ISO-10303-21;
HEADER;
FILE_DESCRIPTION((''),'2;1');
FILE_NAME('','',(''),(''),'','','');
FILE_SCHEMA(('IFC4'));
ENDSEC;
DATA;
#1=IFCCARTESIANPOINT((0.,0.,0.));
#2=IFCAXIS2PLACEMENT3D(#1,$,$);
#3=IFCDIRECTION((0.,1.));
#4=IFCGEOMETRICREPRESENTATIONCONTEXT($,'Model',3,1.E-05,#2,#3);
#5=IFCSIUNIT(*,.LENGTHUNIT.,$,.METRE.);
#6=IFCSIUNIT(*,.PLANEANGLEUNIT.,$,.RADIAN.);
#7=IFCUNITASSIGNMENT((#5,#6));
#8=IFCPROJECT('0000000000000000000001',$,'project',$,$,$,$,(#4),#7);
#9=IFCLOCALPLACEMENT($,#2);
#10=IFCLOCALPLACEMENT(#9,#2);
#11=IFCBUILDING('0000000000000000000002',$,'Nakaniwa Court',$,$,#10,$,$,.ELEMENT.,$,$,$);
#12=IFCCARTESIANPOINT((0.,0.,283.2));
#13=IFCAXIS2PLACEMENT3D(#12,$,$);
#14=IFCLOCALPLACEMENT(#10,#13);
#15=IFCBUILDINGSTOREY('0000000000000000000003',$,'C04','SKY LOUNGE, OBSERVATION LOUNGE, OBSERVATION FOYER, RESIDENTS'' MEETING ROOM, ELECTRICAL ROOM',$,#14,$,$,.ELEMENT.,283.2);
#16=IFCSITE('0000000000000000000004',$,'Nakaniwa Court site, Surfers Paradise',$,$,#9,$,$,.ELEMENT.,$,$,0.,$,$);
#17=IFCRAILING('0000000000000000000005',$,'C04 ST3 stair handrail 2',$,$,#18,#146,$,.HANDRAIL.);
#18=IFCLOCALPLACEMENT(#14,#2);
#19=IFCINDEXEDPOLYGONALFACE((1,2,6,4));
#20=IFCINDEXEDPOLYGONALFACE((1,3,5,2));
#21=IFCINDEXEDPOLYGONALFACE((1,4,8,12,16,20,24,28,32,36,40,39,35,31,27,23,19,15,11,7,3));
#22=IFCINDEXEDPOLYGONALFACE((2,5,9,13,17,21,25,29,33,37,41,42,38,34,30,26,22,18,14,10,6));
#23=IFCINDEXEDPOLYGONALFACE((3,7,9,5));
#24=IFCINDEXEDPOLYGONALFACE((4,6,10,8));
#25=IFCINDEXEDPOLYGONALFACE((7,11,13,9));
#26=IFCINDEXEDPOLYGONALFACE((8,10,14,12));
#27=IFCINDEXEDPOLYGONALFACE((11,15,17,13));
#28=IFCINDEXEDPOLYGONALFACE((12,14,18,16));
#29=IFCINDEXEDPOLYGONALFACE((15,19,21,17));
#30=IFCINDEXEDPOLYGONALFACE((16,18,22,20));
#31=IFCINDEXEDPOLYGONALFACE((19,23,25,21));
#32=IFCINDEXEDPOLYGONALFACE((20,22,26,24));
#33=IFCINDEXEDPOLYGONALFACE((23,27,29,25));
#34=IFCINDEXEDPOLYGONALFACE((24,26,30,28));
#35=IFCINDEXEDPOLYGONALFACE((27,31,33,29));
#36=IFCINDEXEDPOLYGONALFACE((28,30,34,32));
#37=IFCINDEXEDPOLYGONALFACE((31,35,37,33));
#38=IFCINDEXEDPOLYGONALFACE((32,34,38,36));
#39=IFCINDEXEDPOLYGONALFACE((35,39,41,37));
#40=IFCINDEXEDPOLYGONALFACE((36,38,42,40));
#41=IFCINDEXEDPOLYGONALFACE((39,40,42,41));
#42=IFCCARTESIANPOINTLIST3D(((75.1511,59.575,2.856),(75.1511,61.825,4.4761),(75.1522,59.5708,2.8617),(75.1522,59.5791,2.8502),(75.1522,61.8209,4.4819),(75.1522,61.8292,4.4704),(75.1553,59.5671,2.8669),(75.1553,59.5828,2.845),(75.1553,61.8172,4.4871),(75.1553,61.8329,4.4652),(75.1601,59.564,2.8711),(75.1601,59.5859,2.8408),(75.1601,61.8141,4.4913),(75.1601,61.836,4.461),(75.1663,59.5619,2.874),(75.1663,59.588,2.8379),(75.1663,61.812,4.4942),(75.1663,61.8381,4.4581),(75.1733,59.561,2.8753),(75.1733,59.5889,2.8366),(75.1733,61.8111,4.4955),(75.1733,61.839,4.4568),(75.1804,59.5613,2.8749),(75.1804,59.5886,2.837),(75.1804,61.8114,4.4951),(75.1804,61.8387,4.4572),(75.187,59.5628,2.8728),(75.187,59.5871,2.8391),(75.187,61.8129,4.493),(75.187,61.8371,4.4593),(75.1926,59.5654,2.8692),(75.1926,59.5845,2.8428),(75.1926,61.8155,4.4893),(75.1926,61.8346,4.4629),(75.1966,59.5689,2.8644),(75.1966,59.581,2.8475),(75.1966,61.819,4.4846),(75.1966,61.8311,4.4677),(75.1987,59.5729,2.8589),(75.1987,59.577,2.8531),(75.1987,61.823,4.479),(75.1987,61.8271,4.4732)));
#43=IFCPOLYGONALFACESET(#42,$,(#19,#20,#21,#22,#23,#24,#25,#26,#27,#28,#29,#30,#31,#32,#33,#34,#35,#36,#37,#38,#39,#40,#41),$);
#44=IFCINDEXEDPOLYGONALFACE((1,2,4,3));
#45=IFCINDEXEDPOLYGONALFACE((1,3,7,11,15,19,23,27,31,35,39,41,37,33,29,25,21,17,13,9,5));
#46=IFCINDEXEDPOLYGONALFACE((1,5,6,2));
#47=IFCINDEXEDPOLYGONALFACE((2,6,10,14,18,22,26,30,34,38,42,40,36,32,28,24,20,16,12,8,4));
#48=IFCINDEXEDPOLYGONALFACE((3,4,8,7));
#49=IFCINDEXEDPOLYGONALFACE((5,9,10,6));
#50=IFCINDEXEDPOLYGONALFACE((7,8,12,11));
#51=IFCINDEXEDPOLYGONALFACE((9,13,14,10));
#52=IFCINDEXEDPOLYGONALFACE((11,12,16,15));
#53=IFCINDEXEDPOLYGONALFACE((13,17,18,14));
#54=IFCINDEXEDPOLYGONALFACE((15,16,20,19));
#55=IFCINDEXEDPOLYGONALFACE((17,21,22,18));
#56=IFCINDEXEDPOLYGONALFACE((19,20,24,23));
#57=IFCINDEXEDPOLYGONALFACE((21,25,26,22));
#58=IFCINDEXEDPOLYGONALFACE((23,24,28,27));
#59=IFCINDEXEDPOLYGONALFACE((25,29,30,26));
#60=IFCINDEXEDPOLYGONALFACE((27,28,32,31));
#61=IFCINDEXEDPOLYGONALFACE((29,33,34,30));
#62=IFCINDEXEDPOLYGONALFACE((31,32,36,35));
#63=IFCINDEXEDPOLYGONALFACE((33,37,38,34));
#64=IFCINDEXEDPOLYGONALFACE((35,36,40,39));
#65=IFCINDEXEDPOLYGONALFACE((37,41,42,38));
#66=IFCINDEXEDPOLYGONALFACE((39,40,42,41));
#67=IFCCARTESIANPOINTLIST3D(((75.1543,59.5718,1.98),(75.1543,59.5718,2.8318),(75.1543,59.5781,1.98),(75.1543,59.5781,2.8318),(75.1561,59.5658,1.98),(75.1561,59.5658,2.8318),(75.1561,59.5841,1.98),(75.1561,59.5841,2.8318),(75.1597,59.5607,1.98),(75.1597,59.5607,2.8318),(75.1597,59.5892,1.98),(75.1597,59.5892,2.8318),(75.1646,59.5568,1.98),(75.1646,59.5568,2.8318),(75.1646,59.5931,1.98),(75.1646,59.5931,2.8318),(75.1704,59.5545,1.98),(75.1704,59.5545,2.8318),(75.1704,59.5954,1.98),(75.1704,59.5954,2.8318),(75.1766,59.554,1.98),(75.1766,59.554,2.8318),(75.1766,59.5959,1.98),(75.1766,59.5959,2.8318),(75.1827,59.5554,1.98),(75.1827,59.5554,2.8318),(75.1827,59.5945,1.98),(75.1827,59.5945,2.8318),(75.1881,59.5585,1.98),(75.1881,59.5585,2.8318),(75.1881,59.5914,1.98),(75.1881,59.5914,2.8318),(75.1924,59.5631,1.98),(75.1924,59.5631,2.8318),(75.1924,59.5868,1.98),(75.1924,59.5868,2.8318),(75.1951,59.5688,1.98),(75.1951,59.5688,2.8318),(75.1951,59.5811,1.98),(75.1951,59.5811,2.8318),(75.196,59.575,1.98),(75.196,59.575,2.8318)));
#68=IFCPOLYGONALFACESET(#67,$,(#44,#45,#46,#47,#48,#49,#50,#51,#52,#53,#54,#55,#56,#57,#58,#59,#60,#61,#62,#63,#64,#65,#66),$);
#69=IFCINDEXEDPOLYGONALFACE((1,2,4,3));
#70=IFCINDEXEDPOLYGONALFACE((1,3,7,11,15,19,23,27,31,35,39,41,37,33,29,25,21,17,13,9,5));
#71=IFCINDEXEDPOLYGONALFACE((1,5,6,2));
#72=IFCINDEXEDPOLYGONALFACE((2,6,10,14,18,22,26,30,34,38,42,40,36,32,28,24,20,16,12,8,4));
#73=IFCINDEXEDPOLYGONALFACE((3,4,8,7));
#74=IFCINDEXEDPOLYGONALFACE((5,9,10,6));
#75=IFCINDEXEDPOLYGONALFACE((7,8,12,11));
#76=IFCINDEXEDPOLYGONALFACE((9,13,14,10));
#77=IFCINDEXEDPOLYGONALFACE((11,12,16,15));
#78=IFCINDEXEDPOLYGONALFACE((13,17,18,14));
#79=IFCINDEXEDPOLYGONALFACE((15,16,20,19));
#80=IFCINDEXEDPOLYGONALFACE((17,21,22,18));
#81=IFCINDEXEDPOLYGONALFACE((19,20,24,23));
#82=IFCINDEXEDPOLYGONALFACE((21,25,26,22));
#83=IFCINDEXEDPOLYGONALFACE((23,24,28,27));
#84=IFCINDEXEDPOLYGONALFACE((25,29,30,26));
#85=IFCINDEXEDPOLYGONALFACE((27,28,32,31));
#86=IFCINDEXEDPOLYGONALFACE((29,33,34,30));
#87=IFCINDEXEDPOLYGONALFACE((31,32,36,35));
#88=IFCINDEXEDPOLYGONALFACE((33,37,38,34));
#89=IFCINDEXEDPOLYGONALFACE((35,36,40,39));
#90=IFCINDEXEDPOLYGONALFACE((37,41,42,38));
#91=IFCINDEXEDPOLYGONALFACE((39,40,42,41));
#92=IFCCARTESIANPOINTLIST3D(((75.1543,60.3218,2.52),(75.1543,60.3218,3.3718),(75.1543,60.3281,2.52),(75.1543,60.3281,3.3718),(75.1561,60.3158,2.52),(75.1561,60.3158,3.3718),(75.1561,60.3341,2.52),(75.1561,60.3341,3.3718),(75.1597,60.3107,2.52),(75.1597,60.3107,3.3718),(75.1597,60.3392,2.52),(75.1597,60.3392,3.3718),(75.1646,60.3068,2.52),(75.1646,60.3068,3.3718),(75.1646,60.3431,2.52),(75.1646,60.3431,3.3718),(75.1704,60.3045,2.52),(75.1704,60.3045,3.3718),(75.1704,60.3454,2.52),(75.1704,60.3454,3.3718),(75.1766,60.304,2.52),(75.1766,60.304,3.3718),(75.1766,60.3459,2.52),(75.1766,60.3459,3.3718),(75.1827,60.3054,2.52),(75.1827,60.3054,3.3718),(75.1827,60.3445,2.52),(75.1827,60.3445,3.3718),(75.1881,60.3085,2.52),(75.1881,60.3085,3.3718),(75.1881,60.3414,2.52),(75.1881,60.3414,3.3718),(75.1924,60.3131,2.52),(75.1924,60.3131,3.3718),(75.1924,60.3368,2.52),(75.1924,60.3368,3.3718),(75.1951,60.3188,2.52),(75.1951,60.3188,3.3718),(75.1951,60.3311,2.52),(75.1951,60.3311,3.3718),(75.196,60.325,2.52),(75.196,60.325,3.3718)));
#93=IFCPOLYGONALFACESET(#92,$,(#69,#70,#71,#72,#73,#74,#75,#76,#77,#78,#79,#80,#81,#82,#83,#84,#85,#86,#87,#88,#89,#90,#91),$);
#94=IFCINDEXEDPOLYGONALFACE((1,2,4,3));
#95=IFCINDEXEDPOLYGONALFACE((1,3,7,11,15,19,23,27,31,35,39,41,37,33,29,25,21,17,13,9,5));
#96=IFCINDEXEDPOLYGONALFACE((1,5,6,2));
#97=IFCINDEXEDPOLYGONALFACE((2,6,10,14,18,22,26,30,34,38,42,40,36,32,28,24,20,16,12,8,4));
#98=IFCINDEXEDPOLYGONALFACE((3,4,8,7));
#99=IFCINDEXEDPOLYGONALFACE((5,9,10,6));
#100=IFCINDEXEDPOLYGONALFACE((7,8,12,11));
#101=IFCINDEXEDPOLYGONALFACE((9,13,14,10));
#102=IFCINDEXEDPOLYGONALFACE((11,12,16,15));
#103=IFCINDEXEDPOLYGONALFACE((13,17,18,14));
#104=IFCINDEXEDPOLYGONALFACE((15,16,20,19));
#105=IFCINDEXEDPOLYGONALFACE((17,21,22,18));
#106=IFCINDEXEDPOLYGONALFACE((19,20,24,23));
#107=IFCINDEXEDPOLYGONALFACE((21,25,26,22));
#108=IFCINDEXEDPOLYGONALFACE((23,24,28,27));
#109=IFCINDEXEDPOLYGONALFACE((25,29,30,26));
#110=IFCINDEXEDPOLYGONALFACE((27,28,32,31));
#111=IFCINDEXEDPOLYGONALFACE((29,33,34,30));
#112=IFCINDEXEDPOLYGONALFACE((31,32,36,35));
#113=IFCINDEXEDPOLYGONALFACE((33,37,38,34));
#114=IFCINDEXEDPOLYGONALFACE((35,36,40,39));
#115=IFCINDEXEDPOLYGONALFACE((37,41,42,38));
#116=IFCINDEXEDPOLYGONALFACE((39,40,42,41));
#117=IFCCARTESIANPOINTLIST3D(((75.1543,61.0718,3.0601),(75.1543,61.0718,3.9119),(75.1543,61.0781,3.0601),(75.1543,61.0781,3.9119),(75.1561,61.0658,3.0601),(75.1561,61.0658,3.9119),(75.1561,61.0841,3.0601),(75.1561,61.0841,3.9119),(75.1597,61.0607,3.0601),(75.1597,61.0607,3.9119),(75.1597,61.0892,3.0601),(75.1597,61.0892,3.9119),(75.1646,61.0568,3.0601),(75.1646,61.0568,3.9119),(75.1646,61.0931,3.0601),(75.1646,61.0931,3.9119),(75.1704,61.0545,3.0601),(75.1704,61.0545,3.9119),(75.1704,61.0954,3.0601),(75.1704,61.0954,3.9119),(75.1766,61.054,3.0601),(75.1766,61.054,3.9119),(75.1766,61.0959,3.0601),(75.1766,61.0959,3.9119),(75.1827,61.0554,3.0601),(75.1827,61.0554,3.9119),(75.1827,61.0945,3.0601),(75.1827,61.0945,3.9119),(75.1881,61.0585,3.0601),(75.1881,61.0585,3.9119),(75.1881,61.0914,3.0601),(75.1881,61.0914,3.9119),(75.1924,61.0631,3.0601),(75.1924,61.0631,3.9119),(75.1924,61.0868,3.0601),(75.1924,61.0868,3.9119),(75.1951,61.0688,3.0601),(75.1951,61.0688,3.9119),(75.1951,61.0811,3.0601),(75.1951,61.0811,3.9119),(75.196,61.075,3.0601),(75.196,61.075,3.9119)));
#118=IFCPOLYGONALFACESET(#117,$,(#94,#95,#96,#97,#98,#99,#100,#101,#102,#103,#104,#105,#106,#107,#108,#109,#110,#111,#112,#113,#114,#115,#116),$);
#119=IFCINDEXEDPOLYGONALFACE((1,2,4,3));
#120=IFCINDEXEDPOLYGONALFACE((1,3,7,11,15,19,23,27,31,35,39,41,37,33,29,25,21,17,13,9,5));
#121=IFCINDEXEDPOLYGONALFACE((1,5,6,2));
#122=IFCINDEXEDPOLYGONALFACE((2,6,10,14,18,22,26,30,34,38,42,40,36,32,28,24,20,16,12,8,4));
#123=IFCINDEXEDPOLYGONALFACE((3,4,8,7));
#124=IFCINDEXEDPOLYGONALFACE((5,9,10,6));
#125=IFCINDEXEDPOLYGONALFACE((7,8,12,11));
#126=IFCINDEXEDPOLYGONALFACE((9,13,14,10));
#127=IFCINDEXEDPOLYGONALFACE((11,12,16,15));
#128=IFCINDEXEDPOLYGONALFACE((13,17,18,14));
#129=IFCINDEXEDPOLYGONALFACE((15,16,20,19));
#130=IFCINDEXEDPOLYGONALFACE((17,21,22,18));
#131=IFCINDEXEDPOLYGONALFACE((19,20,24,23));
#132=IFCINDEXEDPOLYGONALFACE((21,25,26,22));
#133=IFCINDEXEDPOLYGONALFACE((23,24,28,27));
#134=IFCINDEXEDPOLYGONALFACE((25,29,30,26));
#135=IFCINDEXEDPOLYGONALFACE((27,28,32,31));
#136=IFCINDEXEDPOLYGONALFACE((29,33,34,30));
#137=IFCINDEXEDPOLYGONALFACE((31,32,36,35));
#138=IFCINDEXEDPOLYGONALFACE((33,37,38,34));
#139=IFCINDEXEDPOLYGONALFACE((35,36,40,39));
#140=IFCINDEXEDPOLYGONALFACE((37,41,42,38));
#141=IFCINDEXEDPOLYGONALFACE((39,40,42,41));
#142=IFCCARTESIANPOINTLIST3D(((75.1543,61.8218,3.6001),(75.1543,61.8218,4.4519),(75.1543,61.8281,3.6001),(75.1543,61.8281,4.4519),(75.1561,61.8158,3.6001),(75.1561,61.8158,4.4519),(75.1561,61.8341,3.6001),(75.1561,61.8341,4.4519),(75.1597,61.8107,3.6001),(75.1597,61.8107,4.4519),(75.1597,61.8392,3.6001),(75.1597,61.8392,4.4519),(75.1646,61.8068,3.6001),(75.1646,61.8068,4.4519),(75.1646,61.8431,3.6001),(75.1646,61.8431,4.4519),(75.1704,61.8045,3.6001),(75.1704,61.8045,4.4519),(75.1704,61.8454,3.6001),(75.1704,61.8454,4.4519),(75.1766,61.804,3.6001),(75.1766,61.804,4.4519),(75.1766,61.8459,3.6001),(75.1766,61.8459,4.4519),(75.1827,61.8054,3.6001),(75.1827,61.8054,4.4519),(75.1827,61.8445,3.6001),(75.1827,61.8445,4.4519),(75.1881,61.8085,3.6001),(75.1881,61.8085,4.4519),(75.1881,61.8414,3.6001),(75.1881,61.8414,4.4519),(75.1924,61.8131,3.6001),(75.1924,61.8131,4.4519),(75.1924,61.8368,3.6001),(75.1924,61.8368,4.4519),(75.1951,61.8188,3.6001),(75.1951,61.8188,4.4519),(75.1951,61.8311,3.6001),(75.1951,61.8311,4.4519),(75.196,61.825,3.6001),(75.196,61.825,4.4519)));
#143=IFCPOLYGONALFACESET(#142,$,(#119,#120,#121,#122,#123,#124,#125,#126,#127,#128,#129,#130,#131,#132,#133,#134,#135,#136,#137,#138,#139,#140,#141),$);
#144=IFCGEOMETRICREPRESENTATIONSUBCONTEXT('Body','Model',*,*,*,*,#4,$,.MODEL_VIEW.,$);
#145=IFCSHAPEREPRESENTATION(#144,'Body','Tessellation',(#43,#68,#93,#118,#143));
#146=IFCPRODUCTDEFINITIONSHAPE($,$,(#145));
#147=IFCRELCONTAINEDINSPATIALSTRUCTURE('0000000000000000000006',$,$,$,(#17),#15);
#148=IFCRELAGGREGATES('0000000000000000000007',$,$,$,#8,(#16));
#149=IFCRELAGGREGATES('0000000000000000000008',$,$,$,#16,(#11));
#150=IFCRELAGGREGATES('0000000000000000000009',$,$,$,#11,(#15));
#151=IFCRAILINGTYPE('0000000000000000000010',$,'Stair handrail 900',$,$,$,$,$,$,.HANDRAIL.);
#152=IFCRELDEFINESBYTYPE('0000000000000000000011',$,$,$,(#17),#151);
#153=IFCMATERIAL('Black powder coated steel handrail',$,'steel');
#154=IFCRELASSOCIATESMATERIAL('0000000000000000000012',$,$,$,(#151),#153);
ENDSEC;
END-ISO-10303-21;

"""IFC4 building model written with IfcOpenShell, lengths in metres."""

from ifc_helpers import new_model, si_unit, direction, frame, origin, origin_2d, place, context, subcontext, project, spatial, circle, extrude, material, type_object, element, save


model = new_model("IFC4")

# Units and contexts
model_context = context("Model", 3, precision=1e-05, world=origin(), true_north=direction((0.0, 1.0)))
body_context = subcontext(model_context, "Body", "Model", "MODEL_VIEW")
ifc_project = project(units=[si_unit("LENGTHUNIT", "METRE"), si_unit("PLANEANGLEUNIT", "RADIAN")], contexts=[model_context])

# Site, building, storey
site_placement = place(None, origin())
site = spatial("IfcSite", under=ifc_project, at=site_placement, Name="Nakaniwa Court site, Surfers Paradise", CompositionType="ELEMENT", RefElevation=0.0)
building_placement = place(site_placement, origin())
building = spatial("IfcBuilding", under=site, at=building_placement, Name="Nakaniwa Court", CompositionType="ELEMENT")
storey_placement = place(building_placement, frame((0.0, 0.0, 283.2)))
storey = spatial("IfcBuildingStorey", under=building, at=storey_placement, Name="C04", Description="SKY LOUNGE, OBSERVATION LOUNGE, OBSERVATION FOYER, RESIDENTS' MEETING ROOM, ELECTRICAL ROOM", CompositionType="ELEMENT", Elevation=283.2)

# Railing
ifc_material_1 = material(Name="Black powder coated steel handrail", Category="steel")
railing_type_1 = type_object("IfcRailingType", Name="Stair handrail 900", PredefinedType="HANDRAIL", material=ifc_material_1)
railing_1_placement = place(storey_placement, frame((75.175, 59.575, 1.98)))
element("IfcRailing", 1, at=railing_1_placement, inside=storey, type_object=railing_type_1, Name="C04 ST3 stair handrail 2", PredefinedType="HANDRAIL", context=body_context, shape_type="SweptSolid", body=[
    extrude(circle(Radius=0.0239, at=origin_2d()), frame((0.0, 0.0, 0.876), z_axis=(0.0, 0.811514, 0.584333), x_axis=(-1.0, 0.0, 0.0)), (0.0, 0.0, 1.0), 2.7727),
    extrude(circle(Radius=0.021, at=origin_2d()), origin(), (0.0, 0.0, 1.0), 0.8518),
    extrude(circle(Radius=0.021, at=origin_2d()), frame((0.0, 0.75, 0.54)), (0.0, 0.0, 1.0), 0.8518),
    extrude(circle(Radius=0.021, at=origin_2d()), frame((0.0, 1.5, 1.0801)), (0.0, 0.0, 1.0), 0.8518),
    extrude(circle(Radius=0.021, at=origin_2d()), frame((0.0, 2.25, 1.6201)), (0.0, 0.0, 1.0), 0.8518),
])

save(model, "model.ifc")
